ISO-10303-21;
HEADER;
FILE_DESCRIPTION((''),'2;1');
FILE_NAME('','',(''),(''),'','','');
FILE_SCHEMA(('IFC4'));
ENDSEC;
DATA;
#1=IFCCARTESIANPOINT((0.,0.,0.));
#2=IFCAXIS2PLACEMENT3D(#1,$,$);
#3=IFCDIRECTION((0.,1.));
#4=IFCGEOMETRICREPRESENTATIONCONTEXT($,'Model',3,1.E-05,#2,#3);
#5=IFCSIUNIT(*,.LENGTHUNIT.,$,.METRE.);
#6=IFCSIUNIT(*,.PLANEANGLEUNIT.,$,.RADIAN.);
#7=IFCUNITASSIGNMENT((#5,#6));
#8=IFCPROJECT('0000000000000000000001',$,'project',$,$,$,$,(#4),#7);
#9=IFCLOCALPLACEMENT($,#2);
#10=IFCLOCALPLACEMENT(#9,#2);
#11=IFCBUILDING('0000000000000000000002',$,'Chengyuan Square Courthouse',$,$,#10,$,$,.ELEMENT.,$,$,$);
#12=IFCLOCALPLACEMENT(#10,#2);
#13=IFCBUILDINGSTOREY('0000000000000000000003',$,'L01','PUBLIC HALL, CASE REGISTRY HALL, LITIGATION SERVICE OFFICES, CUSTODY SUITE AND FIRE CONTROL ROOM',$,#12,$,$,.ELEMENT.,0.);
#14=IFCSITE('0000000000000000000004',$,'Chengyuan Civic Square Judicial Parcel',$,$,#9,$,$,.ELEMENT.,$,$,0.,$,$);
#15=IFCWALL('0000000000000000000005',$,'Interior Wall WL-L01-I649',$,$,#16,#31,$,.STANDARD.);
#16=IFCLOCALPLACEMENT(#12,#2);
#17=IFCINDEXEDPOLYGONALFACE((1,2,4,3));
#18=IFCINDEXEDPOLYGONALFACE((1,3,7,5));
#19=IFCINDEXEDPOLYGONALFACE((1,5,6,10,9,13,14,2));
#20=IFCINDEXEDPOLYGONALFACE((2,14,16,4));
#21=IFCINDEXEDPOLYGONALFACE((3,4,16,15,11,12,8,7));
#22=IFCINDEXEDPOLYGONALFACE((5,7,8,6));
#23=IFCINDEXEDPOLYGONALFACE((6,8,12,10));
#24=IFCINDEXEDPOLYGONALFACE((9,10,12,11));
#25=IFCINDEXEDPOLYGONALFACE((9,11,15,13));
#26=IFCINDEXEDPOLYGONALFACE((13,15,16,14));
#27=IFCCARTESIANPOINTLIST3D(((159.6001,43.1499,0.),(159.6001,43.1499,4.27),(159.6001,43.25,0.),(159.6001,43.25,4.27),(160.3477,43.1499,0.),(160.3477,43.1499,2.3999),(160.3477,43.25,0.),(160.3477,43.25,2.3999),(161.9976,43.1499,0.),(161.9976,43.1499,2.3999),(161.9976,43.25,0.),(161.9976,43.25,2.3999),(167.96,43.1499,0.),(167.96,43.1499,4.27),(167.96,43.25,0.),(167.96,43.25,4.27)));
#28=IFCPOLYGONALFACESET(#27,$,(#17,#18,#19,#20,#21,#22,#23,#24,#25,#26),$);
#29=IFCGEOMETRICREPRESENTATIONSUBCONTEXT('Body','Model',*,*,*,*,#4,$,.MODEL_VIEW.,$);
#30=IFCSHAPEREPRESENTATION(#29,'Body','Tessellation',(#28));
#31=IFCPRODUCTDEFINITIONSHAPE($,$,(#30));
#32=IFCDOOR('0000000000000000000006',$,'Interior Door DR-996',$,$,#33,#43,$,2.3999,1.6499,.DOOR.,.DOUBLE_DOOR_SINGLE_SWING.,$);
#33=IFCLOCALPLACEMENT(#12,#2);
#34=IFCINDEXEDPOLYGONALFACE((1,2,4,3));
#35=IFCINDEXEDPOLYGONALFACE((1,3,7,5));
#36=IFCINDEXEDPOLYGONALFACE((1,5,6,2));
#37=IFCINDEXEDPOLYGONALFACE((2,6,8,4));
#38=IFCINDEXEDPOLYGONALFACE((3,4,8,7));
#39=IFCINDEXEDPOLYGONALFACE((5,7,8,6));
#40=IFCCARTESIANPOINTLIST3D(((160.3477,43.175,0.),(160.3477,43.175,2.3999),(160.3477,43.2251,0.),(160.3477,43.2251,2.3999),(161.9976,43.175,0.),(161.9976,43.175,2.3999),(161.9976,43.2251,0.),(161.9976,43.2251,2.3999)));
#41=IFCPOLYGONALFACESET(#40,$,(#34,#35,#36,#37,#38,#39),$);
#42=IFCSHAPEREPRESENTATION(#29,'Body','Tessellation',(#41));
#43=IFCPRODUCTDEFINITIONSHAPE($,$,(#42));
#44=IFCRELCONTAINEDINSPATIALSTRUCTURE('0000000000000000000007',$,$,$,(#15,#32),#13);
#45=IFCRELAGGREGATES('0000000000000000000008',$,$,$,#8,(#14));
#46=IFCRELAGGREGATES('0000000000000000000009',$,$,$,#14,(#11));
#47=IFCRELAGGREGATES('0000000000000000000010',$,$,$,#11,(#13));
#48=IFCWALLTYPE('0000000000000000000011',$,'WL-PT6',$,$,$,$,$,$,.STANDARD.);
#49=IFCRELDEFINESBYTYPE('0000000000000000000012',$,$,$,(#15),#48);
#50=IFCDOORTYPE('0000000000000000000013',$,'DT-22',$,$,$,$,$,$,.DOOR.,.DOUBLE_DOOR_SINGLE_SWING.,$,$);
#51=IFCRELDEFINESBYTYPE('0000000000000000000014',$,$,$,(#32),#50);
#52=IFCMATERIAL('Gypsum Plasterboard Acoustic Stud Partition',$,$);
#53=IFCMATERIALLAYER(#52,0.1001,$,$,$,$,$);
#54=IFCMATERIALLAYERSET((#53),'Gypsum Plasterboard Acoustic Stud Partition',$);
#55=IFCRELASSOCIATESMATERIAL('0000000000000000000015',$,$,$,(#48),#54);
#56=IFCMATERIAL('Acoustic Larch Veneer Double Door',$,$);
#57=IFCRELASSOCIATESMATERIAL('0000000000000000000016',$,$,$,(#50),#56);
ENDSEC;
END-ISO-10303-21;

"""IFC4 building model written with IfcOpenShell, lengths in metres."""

from ifc_helpers import new_model, si_unit, direction, frame, frame_2d, origin, place, context, subcontext, project, spatial, rectangle, extrude, material, layer, layer_set, type_object, element, fill, save


model = new_model("IFC4")

# Units and contexts
model_context = context("Model", 3, precision=1e-05, world=origin(), true_north=direction((0.0, 1.0)))
body_context = subcontext(model_context, "Body", "Model", "MODEL_VIEW")
ifc_project = project(units=[si_unit("LENGTHUNIT", "METRE"), si_unit("PLANEANGLEUNIT", "RADIAN")], contexts=[model_context])

# Site, building, storey
site_placement = place(None, origin())
site = spatial("IfcSite", under=ifc_project, at=site_placement, Name="Chengyuan Civic Square Judicial Parcel", CompositionType="ELEMENT", RefElevation=0.0)
building_placement = place(site_placement, origin())
building = spatial("IfcBuilding", under=site, at=building_placement, Name="Chengyuan Square Courthouse", CompositionType="ELEMENT")
storey_placement = place(building_placement, origin())
storey = spatial("IfcBuildingStorey", under=building, at=storey_placement, Name="L01", Description="PUBLIC HALL, CASE REGISTRY HALL, LITIGATION SERVICE OFFICES, CUSTODY SUITE AND FIRE CONTROL ROOM", CompositionType="ELEMENT", Elevation=0.0)

# Wall, opening, door
ifc_material_1 = material(Name="Gypsum Plasterboard Acoustic Stud Partition")
ifc_layer_1 = layer(ifc_material_1, 0.1001)
ifc_layer_set_1 = layer_set([ifc_layer_1], Name="Gypsum Plasterboard Acoustic Stud Partition")
wall_type_1 = type_object("IfcWallType", Name="WL-PT6", PredefinedType="STANDARD", material=ifc_layer_set_1)
wall_1_placement = place(storey_placement, frame((159.6001, 43.2, 0.0), z_axis=(0.0, 0.0, 1.0), x_axis=(1.0, 0.0, 0.0)))
wall_1 = element("IfcWall", 1, at=wall_1_placement, inside=storey, type_object=wall_type_1, Name="Interior Wall WL-L01-I649", PredefinedType="STANDARD", context=body_context, shape_type="SweptSolid", body=[
    extrude(rectangle(XDim=8.3599, YDim=0.1001, at=frame_2d((4.1799, 0.0))), origin(), (0.0, 0.0, 1.0), 4.27),
])
opening_1_placement = place(wall_1_placement, frame((0.7476, 0.0, 0.0)))
opening_1 = element("IfcOpeningElement", 2, at=opening_1_placement, cuts=wall_1, PredefinedType="OPENING", context=body_context, shape_type="SweptSolid", body=[
    extrude(rectangle(XDim=1.6499, YDim=2.3999, at=frame_2d((0.825, 1.2))), frame((0.0, 0.062, 0.0), z_axis=(0.0, -1.0, 0.0), x_axis=(1.0, 0.0, 0.0)), (0.0, 0.0, 1.0), 0.124),
])
ifc_material_2 = material(Name="Acoustic Larch Veneer Double Door")
door_type_1 = type_object("IfcDoorType", Name="DT-22", OperationType="DOUBLE_DOOR_SINGLE_SWING", PredefinedType="DOOR", material=ifc_material_2)
door_1_placement = place(opening_1_placement, frame((1.6499, 0.0, 0.0), z_axis=(0.0, 0.0, 1.0), x_axis=(-1.0, 0.0, 0.0)))
door_1 = element("IfcDoor", 3, at=door_1_placement, inside=storey, type_object=door_type_1, Name="Interior Door DR-996", OperationType="DOUBLE_DOOR_SINGLE_SWING", OverallHeight=2.3999, OverallWidth=1.6499, PredefinedType="DOOR", context=body_context, shape_type="SweptSolid", body=[
    extrude(rectangle(XDim=1.6499, YDim=2.3999, at=frame_2d((0.825, 1.2))), frame((0.0, 0.0249, 0.0), z_axis=(0.0, -1.0, 0.0), x_axis=(1.0, 0.0, 0.0)), (0.0, 0.0, 1.0), 0.05),
])
fill(opening_1, door_1)

save(model, "model.ifc")
